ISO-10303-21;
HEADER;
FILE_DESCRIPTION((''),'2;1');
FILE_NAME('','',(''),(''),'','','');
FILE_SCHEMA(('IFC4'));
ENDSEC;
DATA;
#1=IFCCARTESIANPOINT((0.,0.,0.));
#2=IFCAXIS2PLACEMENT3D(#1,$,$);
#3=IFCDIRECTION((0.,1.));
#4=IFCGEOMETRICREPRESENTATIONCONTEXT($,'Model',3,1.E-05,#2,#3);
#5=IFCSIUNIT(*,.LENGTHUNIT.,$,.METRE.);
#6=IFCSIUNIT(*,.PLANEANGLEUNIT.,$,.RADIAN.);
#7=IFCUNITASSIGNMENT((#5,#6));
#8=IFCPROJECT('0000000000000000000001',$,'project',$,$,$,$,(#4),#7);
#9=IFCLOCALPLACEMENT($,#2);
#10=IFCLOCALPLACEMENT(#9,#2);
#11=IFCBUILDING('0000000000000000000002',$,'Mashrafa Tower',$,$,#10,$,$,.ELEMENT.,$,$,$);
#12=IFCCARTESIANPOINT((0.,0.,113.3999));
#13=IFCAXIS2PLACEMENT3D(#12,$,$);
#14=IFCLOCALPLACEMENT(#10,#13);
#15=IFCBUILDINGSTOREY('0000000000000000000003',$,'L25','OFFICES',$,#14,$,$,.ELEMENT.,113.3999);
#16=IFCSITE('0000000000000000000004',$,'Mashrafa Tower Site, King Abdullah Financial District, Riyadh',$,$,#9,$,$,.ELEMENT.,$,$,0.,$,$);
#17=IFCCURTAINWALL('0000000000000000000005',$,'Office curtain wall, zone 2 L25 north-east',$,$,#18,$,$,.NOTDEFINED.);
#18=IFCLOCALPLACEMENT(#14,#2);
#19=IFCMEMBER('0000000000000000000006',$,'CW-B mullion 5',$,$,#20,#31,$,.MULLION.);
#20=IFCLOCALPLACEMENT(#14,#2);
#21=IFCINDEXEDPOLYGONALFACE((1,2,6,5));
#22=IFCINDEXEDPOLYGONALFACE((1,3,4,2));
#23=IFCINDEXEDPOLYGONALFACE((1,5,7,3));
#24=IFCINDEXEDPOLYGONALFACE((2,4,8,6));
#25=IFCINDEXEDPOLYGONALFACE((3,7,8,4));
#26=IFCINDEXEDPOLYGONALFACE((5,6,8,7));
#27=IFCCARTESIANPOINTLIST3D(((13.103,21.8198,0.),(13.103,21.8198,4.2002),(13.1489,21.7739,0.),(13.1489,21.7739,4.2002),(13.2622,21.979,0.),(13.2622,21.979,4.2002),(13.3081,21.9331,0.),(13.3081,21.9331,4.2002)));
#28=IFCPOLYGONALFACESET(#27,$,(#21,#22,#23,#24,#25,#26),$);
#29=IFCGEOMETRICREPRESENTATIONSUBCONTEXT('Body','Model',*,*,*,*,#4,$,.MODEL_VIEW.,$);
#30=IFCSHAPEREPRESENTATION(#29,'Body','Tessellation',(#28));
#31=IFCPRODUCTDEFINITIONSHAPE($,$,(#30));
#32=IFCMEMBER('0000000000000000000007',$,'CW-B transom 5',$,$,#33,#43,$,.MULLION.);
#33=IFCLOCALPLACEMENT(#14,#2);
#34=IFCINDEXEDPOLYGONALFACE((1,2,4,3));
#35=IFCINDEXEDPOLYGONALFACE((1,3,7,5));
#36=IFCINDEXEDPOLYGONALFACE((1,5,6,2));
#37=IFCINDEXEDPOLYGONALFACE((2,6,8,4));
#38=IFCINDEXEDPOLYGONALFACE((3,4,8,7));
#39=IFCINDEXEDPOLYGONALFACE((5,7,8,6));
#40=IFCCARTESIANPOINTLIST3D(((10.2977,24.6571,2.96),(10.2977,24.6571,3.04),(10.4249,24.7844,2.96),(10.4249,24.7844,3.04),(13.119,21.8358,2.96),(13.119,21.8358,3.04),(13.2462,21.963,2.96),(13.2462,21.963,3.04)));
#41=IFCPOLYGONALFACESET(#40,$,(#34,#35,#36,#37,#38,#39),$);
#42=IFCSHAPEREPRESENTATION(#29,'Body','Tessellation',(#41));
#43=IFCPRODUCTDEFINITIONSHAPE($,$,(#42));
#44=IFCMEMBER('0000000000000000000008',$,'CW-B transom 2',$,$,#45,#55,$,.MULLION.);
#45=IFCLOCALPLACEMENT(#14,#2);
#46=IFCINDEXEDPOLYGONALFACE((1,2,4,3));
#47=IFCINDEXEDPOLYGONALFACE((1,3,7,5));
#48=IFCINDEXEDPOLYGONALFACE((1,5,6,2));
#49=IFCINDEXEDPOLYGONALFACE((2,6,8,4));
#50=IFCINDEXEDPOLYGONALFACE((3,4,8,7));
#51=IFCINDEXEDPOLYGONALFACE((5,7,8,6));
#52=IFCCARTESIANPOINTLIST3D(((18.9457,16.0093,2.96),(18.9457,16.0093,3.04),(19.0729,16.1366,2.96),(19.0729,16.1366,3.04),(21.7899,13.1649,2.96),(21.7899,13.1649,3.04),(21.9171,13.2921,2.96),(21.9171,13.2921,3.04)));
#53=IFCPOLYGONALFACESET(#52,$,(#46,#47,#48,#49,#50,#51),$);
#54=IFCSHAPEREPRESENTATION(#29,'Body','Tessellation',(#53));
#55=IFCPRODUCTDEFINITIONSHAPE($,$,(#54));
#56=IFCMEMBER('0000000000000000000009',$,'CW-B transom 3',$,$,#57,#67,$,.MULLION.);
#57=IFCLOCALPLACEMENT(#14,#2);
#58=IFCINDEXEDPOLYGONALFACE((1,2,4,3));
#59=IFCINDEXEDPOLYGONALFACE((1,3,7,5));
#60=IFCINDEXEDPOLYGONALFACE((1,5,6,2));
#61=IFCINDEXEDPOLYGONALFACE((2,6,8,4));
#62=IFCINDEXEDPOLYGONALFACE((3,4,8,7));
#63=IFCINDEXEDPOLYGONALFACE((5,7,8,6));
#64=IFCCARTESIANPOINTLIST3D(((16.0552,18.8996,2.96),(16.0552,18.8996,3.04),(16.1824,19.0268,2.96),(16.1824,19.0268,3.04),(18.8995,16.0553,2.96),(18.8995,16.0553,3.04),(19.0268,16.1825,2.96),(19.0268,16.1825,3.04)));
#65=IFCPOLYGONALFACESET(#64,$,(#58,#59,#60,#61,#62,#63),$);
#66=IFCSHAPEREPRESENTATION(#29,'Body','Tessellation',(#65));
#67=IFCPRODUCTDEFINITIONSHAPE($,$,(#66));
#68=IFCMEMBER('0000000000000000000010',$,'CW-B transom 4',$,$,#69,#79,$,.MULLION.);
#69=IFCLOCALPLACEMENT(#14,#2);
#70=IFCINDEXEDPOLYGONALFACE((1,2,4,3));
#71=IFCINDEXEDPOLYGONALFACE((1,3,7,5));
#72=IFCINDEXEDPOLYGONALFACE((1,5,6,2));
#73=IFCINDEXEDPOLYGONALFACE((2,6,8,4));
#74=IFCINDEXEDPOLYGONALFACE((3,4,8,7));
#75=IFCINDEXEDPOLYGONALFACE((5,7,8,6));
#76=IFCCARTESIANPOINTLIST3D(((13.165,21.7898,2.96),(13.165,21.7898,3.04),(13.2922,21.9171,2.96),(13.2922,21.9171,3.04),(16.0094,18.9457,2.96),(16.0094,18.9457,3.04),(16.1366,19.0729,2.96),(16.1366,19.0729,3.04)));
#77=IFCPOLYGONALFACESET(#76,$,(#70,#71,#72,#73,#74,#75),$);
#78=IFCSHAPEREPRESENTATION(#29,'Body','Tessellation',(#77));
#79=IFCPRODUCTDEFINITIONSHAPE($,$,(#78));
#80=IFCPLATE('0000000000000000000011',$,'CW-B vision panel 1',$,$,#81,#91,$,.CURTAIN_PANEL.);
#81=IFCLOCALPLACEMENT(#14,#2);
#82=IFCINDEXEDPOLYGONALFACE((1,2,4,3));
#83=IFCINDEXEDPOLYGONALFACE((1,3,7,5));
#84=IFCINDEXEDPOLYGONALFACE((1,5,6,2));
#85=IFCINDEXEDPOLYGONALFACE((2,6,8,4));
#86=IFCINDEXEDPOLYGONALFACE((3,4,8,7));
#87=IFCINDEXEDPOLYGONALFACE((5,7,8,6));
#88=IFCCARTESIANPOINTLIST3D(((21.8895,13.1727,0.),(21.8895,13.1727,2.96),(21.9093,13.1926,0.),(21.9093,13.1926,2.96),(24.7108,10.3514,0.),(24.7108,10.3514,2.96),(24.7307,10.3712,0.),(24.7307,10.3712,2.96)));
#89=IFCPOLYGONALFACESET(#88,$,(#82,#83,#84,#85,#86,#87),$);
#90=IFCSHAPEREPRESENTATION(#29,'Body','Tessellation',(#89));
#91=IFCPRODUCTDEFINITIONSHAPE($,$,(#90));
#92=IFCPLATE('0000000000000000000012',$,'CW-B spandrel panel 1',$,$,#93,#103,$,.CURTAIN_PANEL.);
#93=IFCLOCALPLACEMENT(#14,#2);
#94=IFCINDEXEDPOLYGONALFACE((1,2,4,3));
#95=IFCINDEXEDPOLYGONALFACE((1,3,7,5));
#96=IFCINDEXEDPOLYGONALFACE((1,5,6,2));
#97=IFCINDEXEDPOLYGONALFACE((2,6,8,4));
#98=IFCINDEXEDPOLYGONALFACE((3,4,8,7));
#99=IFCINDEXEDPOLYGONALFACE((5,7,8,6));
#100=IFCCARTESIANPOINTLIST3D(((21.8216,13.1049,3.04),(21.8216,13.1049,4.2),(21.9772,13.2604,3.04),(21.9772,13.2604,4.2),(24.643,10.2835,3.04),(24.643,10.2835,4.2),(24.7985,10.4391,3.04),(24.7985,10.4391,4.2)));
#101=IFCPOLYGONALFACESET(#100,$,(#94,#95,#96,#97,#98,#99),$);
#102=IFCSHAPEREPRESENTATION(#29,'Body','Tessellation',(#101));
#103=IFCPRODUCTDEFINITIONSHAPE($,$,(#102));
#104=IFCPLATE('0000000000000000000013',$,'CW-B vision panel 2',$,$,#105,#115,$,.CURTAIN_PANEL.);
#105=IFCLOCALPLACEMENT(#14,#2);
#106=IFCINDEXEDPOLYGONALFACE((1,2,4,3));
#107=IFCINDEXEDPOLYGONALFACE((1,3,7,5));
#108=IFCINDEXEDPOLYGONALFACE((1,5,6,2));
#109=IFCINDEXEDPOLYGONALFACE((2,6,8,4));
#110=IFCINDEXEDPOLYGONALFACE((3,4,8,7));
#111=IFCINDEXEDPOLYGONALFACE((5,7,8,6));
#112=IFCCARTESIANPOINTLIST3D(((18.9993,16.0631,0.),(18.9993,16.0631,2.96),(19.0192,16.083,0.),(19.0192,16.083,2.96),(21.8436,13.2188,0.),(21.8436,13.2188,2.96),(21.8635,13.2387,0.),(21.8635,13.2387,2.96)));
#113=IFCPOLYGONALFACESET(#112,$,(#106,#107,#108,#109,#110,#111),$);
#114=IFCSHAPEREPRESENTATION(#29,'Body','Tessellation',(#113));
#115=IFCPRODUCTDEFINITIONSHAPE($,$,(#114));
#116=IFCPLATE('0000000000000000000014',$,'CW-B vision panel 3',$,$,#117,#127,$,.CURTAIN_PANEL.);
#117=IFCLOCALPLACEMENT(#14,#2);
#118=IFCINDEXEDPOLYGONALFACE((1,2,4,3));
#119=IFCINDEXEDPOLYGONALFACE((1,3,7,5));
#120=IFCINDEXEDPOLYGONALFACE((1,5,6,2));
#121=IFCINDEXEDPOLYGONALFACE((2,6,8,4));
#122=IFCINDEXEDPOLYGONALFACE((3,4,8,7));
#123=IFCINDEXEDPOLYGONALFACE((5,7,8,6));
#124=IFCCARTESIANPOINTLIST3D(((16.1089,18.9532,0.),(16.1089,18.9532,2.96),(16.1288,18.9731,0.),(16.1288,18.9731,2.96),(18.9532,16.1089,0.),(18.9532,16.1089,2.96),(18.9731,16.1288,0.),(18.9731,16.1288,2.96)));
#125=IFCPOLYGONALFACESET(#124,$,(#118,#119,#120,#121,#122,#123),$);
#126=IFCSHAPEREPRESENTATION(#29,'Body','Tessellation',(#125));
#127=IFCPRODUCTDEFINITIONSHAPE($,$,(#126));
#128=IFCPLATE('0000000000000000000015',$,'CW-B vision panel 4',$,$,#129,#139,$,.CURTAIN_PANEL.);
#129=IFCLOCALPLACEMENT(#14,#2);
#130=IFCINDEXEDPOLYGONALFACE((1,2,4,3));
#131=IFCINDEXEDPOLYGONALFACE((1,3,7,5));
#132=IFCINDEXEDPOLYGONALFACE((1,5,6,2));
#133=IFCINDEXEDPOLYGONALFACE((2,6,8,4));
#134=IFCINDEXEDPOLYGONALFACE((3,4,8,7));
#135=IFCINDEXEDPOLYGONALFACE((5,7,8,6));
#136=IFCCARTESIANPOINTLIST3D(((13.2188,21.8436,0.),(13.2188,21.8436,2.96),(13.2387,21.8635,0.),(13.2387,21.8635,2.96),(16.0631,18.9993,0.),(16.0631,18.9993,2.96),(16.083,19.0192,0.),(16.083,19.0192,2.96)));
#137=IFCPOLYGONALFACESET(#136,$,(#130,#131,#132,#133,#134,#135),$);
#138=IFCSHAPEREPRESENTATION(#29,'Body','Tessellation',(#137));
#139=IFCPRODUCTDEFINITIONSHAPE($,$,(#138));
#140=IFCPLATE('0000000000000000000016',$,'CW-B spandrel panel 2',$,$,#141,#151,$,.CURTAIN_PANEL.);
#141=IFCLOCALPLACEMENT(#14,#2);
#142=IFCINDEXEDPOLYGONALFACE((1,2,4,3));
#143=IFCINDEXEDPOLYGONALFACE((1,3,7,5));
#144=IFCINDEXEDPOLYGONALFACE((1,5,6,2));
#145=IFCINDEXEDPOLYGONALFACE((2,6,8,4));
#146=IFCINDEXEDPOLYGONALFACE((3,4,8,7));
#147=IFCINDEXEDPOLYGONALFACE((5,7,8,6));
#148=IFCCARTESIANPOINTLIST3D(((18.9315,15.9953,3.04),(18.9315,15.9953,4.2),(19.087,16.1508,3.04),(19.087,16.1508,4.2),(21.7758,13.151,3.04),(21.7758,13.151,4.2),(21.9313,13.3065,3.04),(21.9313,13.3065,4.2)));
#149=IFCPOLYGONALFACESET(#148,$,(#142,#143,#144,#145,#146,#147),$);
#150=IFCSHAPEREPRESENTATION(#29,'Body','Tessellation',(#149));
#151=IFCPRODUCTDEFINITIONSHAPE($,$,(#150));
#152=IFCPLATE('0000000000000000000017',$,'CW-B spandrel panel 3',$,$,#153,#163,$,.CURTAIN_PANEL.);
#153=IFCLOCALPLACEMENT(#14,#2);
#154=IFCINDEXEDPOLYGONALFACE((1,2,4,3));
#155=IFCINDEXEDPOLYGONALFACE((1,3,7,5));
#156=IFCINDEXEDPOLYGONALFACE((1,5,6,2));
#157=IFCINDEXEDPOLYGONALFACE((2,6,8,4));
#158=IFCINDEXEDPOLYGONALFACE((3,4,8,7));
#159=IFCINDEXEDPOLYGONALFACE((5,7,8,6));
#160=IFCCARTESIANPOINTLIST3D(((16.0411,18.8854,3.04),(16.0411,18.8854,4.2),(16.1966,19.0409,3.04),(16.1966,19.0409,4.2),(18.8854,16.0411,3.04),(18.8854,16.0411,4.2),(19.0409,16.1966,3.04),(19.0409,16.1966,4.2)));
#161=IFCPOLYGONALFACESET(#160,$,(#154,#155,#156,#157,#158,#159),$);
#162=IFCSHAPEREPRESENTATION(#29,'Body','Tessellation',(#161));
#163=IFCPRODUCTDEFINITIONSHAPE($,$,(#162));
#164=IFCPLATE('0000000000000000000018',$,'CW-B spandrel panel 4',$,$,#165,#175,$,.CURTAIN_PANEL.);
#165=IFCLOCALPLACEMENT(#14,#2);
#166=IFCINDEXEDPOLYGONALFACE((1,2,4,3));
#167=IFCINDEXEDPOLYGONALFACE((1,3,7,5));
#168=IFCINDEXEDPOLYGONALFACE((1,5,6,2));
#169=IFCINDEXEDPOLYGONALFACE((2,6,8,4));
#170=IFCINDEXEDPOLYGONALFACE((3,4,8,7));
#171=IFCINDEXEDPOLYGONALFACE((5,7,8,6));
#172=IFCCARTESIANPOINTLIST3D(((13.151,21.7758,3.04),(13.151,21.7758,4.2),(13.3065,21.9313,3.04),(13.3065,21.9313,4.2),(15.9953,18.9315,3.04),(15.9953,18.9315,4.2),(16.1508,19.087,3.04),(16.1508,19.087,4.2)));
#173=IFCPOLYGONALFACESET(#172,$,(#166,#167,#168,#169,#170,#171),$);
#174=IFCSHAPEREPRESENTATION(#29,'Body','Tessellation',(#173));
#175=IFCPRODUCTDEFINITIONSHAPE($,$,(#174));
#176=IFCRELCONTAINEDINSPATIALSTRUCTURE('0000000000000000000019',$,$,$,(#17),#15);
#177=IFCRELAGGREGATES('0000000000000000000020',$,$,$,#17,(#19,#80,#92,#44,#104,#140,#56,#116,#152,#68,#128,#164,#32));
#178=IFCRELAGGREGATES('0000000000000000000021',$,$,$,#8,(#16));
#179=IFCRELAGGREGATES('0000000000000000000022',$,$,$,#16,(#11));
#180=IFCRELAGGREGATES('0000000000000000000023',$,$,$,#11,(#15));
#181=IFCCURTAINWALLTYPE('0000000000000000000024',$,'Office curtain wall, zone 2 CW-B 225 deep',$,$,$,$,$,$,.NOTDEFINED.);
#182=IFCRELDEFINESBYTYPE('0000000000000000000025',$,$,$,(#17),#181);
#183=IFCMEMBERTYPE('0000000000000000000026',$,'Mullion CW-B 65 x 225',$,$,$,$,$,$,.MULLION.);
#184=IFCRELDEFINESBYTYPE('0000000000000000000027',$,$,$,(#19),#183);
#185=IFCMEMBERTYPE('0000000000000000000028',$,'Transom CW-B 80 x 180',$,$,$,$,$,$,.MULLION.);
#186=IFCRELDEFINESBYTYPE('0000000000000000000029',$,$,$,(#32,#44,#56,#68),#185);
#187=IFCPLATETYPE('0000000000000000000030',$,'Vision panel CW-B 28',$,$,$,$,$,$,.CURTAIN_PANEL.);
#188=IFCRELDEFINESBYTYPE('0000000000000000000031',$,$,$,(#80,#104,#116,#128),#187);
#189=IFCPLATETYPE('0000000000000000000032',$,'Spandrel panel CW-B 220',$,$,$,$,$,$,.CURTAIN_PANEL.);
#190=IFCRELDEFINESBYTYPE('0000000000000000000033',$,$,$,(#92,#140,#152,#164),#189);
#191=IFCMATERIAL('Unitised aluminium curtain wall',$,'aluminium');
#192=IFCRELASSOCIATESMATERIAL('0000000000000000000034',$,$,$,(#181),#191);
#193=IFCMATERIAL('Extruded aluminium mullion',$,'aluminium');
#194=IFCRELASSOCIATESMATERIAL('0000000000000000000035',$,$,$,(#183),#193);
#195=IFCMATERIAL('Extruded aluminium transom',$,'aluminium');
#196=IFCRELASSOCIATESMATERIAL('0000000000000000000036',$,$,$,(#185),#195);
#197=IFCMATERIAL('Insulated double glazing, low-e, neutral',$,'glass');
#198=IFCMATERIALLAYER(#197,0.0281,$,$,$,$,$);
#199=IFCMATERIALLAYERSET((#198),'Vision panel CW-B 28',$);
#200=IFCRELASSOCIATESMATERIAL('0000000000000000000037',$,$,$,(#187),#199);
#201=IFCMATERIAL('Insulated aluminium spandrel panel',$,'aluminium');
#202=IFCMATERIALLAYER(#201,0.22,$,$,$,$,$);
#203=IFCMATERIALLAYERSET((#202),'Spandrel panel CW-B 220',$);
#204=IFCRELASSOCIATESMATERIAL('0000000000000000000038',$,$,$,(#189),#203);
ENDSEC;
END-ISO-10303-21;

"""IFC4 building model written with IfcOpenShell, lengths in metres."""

from ifc_helpers import new_model, si_unit, direction, frame, origin, origin_2d, place, context, subcontext, project, spatial, rectangle, extrude, source, transform, mapped, material, layer, layer_set, material_profile, profile_set, type_object, type_shapes, element, aggregate, save


model = new_model("IFC4")

# Units and contexts
model_context = context("Model", 3, precision=1e-05, world=origin(), true_north=direction((0.0, 1.0)))
body_context = subcontext(model_context, "Body", "Model", "MODEL_VIEW")
ifc_project = project(units=[si_unit("LENGTHUNIT", "METRE"), si_unit("PLANEANGLEUNIT", "RADIAN")], contexts=[model_context])

# Site, building, storey
site_placement = place(None, origin())
site = spatial("IfcSite", under=ifc_project, at=site_placement, Name="Mashrafa Tower Site, King Abdullah Financial District, Riyadh", CompositionType="ELEMENT", RefElevation=0.0)
building_placement = place(site_placement, origin())
building = spatial("IfcBuilding", under=site, at=building_placement, Name="Mashrafa Tower", CompositionType="ELEMENT")
storey_placement = place(building_placement, frame((0.0, 0.0, 113.3999)))
storey = spatial("IfcBuildingStorey", under=building, at=storey_placement, Name="L25", Description="OFFICES", CompositionType="ELEMENT", Elevation=113.3999)

# Curtain wall, members, plates
ifc_material_1 = material(Name="Unitised aluminium curtain wall", Category="aluminium")
curtain_wall_type = type_object("IfcCurtainWallType", Name="Office curtain wall, zone 2 CW-B 225 deep", PredefinedType="NOTDEFINED", material=ifc_material_1)
curtain_wall_placement = place(storey_placement, origin())
curtain_wall = element("IfcCurtainWall", 1, at=curtain_wall_placement, inside=storey, type_object=curtain_wall_type, Name="Office curtain wall, zone 2 L25 north-east", PredefinedType="NOTDEFINED")
ifc_material_2 = material(Name="Extruded aluminium mullion", Category="aluminium")
ifc_material_profile_1 = material_profile(ifc_material_2, rectangle(XDim=0.2251, YDim=0.0649, at=origin_2d()), Name="Mullion 65x225")
ifc_profile_set_1 = profile_set([ifc_material_profile_1], Name="Extruded aluminium mullion")
member_type_1 = type_object("IfcMemberType", Name="Mullion CW-B 65 x 225", PredefinedType="MULLION", material=ifc_profile_set_1)
shared_shape_1 = source(origin(), body_context, "Body", "SweptSolid", [
    extrude(rectangle(XDim=0.2251, YDim=0.0649, at=origin_2d()), origin(), (0.0, 0.0, 1.0), 4.2002),
])
type_shapes(member_type_1, [shared_shape_1])
member_1_placement = place(storey_placement, frame((13.2056, 21.8765, 0.0), z_axis=(0.0, 0.0, 1.0), x_axis=(-0.707107, -0.707107, 0.0)))
member_1 = element("IfcMember", 2, at=member_1_placement, type_object=member_type_1, Name="CW-B mullion 5", PredefinedType="MULLION", context=body_context, shape_type="MappedRepresentation", body=[
    mapped(shared_shape_1, transform((0.0, 0.0, 0.0))),
])
ifc_material_3 = material(Name="Extruded aluminium transom", Category="aluminium")
ifc_material_profile_2 = material_profile(ifc_material_3, rectangle(XDim=0.1799, YDim=0.0801, at=origin_2d()), Name="Transom 80x180")
ifc_profile_set_2 = profile_set([ifc_material_profile_2], Name="Extruded aluminium transom")
member_type_2 = type_object("IfcMemberType", Name="Transom CW-B 80 x 180", PredefinedType="MULLION", material=ifc_profile_set_2)
shared_shape_2 = source(origin(), body_context, "Body", "SweptSolid", [
    extrude(rectangle(XDim=0.1799, YDim=0.0801, at=origin_2d()), origin(), (0.0, 0.0, 1.0), 3.99),
])
member_2_placement = place(storey_placement, frame((13.1826, 21.8994, 3.0), z_axis=(-0.707107, 0.707107, 0.0), x_axis=(-0.707107, -0.707107, 0.0)))
member_2 = element("IfcMember", 3, at=member_2_placement, type_object=member_type_2, Name="CW-B transom 5", PredefinedType="MULLION", context=body_context, shape_type="MappedRepresentation", body=[
    mapped(shared_shape_2, transform((0.0, 0.0, 0.0))),
])
shared_shape_3 = source(origin(), body_context, "Body", "SweptSolid", [
    extrude(rectangle(XDim=0.1799, YDim=0.0801, at=origin_2d()), origin(), (0.0, 0.0, 1.0), 4.0225),
])
type_shapes(member_type_2, [shared_shape_2, shared_shape_3])
member_3_placement = place(storey_placement, frame((21.8535, 13.2285, 3.0), z_axis=(-0.707076, 0.707137, 0.0), x_axis=(-0.707137, -0.707076, 0.0)))
member_3 = element("IfcMember", 4, at=member_3_placement, type_object=member_type_2, Name="CW-B transom 2", PredefinedType="MULLION", context=body_context, shape_type="MappedRepresentation", body=[
    mapped(shared_shape_3, transform((0.0, 0.0, 0.0))),
])
member_4_placement = place(storey_placement, frame((18.9631, 16.1189, 3.0), z_axis=(-0.707107, 0.707107, 0.0), x_axis=(-0.707107, -0.707107, 0.0)))
member_4 = element("IfcMember", 5, at=member_4_placement, type_object=member_type_2, Name="CW-B transom 3", PredefinedType="MULLION", context=body_context, shape_type="MappedRepresentation", body=[
    mapped(shared_shape_3, transform((0.0, 0.0, 0.0))),
])
member_5_placement = place(storey_placement, frame((16.073, 19.0093, 3.0), z_axis=(-0.707137, 0.707076, 0.0), x_axis=(-0.707076, -0.707137, 0.0)))
member_5 = element("IfcMember", 6, at=member_5_placement, type_object=member_type_2, Name="CW-B transom 4", PredefinedType="MULLION", context=body_context, shape_type="MappedRepresentation", body=[
    mapped(shared_shape_3, transform((0.0, 0.0, 0.0))),
])
ifc_material_4 = material(Name="Insulated double glazing, low-e, neutral", Category="glass")
ifc_layer_1 = layer(ifc_material_4, 0.0281)
ifc_layer_set_1 = layer_set([ifc_layer_1], Name="Vision panel CW-B 28")
plate_type_1 = type_object("IfcPlateType", Name="Vision panel CW-B 28", PredefinedType="CURTAIN_PANEL", material=ifc_layer_set_1)
shared_shape_4 = source(origin(), body_context, "Body", "SweptSolid", [
    extrude(rectangle(XDim=3.99, YDim=0.0281, at=origin_2d()), origin(), (0.0, 0.0, 1.0), 2.96),
])
plate_1_placement = place(storey_placement, frame((23.3101, 11.772, 0.0), z_axis=(0.0, 0.0, 1.0), x_axis=(-0.707107, 0.707107, 0.0)))
plate_1 = element("IfcPlate", 7, at=plate_1_placement, type_object=plate_type_1, Name="CW-B vision panel 1", PredefinedType="CURTAIN_PANEL", context=body_context, shape_type="MappedRepresentation", body=[
    mapped(shared_shape_4, transform((0.0, 0.0, 0.0))),
])
ifc_material_5 = material(Name="Insulated aluminium spandrel panel", Category="aluminium")
ifc_layer_2 = layer(ifc_material_5, 0.22)
ifc_layer_set_2 = layer_set([ifc_layer_2], Name="Spandrel panel CW-B 220")
plate_type_2 = type_object("IfcPlateType", Name="Spandrel panel CW-B 220", PredefinedType="CURTAIN_PANEL", material=ifc_layer_set_2)
shared_shape_5 = source(origin(), body_context, "Body", "SweptSolid", [
    extrude(rectangle(XDim=3.99, YDim=0.22, at=origin_2d()), origin(), (0.0, 0.0, 1.0), 1.1599),
])
plate_2_placement = place(storey_placement, frame((23.3101, 11.772, 3.04), z_axis=(0.0, 0.0, 1.0), x_axis=(-0.707107, 0.707107, 0.0)))
plate_2 = element("IfcPlate", 8, at=plate_2_placement, type_object=plate_type_2, Name="CW-B spandrel panel 1", PredefinedType="CURTAIN_PANEL", context=body_context, shape_type="MappedRepresentation", body=[
    mapped(shared_shape_5, transform((0.0, 0.0, 0.0))),
])
shared_shape_6 = source(origin(), body_context, "Body", "SweptSolid", [
    extrude(rectangle(XDim=4.0225, YDim=0.0281, at=origin_2d()), origin(), (0.0, 0.0, 1.0), 2.96),
])
type_shapes(plate_type_1, [shared_shape_4, shared_shape_6])
plate_3_placement = place(storey_placement, frame((20.4314, 14.6509, 0.0), z_axis=(0.0, 0.0, 1.0), x_axis=(-0.707107, 0.707107, 0.0)))
plate_3 = element("IfcPlate", 9, at=plate_3_placement, type_object=plate_type_1, Name="CW-B vision panel 2", PredefinedType="CURTAIN_PANEL", context=body_context, shape_type="MappedRepresentation", body=[
    mapped(shared_shape_6, transform((0.0, 0.0, 0.0))),
])
plate_4_placement = place(storey_placement, frame((17.541, 17.541, 0.0), z_axis=(0.0, 0.0, 1.0), x_axis=(-0.707107, 0.707107, 0.0)))
plate_4 = element("IfcPlate", 10, at=plate_4_placement, type_object=plate_type_1, Name="CW-B vision panel 3", PredefinedType="CURTAIN_PANEL", context=body_context, shape_type="MappedRepresentation", body=[
    mapped(shared_shape_6, transform((0.0, 0.0, 0.0))),
])
plate_5_placement = place(storey_placement, frame((14.6509, 20.4314, 0.0), z_axis=(0.0, 0.0, 1.0), x_axis=(-0.707107, 0.707107, 0.0)))
plate_5 = element("IfcPlate", 11, at=plate_5_placement, type_object=plate_type_1, Name="CW-B vision panel 4", PredefinedType="CURTAIN_PANEL", context=body_context, shape_type="MappedRepresentation", body=[
    mapped(shared_shape_6, transform((0.0, 0.0, 0.0))),
])
shared_shape_7 = source(origin(), body_context, "Body", "SweptSolid", [
    extrude(rectangle(XDim=4.0225, YDim=0.22, at=origin_2d()), origin(), (0.0, 0.0, 1.0), 1.1599),
])
type_shapes(plate_type_2, [shared_shape_5, shared_shape_7])
plate_6_placement = place(storey_placement, frame((20.4314, 14.6509, 3.04), z_axis=(0.0, 0.0, 1.0), x_axis=(-0.707107, 0.707107, 0.0)))
plate_6 = element("IfcPlate", 12, at=plate_6_placement, type_object=plate_type_2, Name="CW-B spandrel panel 2", PredefinedType="CURTAIN_PANEL", context=body_context, shape_type="MappedRepresentation", body=[
    mapped(shared_shape_7, transform((0.0, 0.0, 0.0))),
])
plate_7_placement = place(storey_placement, frame((17.541, 17.541, 3.04), z_axis=(0.0, 0.0, 1.0), x_axis=(-0.707107, 0.707107, 0.0)))
plate_7 = element("IfcPlate", 13, at=plate_7_placement, type_object=plate_type_2, Name="CW-B spandrel panel 3", PredefinedType="CURTAIN_PANEL", context=body_context, shape_type="MappedRepresentation", body=[
    mapped(shared_shape_7, transform((0.0, 0.0, 0.0))),
])
plate_8_placement = place(storey_placement, frame((14.6509, 20.4314, 3.04), z_axis=(0.0, 0.0, 1.0), x_axis=(-0.707107, 0.707107, 0.0)))
plate_8 = element("IfcPlate", 14, at=plate_8_placement, type_object=plate_type_2, Name="CW-B spandrel panel 4", PredefinedType="CURTAIN_PANEL", context=body_context, shape_type="MappedRepresentation", body=[
    mapped(shared_shape_7, transform((0.0, 0.0, 0.0))),
])
aggregate(curtain_wall, [member_1, plate_1, plate_2, member_3, plate_3, plate_6, member_4, plate_4, plate_7, member_5, plate_5, plate_8, member_2])

save(model, "model.ifc")
